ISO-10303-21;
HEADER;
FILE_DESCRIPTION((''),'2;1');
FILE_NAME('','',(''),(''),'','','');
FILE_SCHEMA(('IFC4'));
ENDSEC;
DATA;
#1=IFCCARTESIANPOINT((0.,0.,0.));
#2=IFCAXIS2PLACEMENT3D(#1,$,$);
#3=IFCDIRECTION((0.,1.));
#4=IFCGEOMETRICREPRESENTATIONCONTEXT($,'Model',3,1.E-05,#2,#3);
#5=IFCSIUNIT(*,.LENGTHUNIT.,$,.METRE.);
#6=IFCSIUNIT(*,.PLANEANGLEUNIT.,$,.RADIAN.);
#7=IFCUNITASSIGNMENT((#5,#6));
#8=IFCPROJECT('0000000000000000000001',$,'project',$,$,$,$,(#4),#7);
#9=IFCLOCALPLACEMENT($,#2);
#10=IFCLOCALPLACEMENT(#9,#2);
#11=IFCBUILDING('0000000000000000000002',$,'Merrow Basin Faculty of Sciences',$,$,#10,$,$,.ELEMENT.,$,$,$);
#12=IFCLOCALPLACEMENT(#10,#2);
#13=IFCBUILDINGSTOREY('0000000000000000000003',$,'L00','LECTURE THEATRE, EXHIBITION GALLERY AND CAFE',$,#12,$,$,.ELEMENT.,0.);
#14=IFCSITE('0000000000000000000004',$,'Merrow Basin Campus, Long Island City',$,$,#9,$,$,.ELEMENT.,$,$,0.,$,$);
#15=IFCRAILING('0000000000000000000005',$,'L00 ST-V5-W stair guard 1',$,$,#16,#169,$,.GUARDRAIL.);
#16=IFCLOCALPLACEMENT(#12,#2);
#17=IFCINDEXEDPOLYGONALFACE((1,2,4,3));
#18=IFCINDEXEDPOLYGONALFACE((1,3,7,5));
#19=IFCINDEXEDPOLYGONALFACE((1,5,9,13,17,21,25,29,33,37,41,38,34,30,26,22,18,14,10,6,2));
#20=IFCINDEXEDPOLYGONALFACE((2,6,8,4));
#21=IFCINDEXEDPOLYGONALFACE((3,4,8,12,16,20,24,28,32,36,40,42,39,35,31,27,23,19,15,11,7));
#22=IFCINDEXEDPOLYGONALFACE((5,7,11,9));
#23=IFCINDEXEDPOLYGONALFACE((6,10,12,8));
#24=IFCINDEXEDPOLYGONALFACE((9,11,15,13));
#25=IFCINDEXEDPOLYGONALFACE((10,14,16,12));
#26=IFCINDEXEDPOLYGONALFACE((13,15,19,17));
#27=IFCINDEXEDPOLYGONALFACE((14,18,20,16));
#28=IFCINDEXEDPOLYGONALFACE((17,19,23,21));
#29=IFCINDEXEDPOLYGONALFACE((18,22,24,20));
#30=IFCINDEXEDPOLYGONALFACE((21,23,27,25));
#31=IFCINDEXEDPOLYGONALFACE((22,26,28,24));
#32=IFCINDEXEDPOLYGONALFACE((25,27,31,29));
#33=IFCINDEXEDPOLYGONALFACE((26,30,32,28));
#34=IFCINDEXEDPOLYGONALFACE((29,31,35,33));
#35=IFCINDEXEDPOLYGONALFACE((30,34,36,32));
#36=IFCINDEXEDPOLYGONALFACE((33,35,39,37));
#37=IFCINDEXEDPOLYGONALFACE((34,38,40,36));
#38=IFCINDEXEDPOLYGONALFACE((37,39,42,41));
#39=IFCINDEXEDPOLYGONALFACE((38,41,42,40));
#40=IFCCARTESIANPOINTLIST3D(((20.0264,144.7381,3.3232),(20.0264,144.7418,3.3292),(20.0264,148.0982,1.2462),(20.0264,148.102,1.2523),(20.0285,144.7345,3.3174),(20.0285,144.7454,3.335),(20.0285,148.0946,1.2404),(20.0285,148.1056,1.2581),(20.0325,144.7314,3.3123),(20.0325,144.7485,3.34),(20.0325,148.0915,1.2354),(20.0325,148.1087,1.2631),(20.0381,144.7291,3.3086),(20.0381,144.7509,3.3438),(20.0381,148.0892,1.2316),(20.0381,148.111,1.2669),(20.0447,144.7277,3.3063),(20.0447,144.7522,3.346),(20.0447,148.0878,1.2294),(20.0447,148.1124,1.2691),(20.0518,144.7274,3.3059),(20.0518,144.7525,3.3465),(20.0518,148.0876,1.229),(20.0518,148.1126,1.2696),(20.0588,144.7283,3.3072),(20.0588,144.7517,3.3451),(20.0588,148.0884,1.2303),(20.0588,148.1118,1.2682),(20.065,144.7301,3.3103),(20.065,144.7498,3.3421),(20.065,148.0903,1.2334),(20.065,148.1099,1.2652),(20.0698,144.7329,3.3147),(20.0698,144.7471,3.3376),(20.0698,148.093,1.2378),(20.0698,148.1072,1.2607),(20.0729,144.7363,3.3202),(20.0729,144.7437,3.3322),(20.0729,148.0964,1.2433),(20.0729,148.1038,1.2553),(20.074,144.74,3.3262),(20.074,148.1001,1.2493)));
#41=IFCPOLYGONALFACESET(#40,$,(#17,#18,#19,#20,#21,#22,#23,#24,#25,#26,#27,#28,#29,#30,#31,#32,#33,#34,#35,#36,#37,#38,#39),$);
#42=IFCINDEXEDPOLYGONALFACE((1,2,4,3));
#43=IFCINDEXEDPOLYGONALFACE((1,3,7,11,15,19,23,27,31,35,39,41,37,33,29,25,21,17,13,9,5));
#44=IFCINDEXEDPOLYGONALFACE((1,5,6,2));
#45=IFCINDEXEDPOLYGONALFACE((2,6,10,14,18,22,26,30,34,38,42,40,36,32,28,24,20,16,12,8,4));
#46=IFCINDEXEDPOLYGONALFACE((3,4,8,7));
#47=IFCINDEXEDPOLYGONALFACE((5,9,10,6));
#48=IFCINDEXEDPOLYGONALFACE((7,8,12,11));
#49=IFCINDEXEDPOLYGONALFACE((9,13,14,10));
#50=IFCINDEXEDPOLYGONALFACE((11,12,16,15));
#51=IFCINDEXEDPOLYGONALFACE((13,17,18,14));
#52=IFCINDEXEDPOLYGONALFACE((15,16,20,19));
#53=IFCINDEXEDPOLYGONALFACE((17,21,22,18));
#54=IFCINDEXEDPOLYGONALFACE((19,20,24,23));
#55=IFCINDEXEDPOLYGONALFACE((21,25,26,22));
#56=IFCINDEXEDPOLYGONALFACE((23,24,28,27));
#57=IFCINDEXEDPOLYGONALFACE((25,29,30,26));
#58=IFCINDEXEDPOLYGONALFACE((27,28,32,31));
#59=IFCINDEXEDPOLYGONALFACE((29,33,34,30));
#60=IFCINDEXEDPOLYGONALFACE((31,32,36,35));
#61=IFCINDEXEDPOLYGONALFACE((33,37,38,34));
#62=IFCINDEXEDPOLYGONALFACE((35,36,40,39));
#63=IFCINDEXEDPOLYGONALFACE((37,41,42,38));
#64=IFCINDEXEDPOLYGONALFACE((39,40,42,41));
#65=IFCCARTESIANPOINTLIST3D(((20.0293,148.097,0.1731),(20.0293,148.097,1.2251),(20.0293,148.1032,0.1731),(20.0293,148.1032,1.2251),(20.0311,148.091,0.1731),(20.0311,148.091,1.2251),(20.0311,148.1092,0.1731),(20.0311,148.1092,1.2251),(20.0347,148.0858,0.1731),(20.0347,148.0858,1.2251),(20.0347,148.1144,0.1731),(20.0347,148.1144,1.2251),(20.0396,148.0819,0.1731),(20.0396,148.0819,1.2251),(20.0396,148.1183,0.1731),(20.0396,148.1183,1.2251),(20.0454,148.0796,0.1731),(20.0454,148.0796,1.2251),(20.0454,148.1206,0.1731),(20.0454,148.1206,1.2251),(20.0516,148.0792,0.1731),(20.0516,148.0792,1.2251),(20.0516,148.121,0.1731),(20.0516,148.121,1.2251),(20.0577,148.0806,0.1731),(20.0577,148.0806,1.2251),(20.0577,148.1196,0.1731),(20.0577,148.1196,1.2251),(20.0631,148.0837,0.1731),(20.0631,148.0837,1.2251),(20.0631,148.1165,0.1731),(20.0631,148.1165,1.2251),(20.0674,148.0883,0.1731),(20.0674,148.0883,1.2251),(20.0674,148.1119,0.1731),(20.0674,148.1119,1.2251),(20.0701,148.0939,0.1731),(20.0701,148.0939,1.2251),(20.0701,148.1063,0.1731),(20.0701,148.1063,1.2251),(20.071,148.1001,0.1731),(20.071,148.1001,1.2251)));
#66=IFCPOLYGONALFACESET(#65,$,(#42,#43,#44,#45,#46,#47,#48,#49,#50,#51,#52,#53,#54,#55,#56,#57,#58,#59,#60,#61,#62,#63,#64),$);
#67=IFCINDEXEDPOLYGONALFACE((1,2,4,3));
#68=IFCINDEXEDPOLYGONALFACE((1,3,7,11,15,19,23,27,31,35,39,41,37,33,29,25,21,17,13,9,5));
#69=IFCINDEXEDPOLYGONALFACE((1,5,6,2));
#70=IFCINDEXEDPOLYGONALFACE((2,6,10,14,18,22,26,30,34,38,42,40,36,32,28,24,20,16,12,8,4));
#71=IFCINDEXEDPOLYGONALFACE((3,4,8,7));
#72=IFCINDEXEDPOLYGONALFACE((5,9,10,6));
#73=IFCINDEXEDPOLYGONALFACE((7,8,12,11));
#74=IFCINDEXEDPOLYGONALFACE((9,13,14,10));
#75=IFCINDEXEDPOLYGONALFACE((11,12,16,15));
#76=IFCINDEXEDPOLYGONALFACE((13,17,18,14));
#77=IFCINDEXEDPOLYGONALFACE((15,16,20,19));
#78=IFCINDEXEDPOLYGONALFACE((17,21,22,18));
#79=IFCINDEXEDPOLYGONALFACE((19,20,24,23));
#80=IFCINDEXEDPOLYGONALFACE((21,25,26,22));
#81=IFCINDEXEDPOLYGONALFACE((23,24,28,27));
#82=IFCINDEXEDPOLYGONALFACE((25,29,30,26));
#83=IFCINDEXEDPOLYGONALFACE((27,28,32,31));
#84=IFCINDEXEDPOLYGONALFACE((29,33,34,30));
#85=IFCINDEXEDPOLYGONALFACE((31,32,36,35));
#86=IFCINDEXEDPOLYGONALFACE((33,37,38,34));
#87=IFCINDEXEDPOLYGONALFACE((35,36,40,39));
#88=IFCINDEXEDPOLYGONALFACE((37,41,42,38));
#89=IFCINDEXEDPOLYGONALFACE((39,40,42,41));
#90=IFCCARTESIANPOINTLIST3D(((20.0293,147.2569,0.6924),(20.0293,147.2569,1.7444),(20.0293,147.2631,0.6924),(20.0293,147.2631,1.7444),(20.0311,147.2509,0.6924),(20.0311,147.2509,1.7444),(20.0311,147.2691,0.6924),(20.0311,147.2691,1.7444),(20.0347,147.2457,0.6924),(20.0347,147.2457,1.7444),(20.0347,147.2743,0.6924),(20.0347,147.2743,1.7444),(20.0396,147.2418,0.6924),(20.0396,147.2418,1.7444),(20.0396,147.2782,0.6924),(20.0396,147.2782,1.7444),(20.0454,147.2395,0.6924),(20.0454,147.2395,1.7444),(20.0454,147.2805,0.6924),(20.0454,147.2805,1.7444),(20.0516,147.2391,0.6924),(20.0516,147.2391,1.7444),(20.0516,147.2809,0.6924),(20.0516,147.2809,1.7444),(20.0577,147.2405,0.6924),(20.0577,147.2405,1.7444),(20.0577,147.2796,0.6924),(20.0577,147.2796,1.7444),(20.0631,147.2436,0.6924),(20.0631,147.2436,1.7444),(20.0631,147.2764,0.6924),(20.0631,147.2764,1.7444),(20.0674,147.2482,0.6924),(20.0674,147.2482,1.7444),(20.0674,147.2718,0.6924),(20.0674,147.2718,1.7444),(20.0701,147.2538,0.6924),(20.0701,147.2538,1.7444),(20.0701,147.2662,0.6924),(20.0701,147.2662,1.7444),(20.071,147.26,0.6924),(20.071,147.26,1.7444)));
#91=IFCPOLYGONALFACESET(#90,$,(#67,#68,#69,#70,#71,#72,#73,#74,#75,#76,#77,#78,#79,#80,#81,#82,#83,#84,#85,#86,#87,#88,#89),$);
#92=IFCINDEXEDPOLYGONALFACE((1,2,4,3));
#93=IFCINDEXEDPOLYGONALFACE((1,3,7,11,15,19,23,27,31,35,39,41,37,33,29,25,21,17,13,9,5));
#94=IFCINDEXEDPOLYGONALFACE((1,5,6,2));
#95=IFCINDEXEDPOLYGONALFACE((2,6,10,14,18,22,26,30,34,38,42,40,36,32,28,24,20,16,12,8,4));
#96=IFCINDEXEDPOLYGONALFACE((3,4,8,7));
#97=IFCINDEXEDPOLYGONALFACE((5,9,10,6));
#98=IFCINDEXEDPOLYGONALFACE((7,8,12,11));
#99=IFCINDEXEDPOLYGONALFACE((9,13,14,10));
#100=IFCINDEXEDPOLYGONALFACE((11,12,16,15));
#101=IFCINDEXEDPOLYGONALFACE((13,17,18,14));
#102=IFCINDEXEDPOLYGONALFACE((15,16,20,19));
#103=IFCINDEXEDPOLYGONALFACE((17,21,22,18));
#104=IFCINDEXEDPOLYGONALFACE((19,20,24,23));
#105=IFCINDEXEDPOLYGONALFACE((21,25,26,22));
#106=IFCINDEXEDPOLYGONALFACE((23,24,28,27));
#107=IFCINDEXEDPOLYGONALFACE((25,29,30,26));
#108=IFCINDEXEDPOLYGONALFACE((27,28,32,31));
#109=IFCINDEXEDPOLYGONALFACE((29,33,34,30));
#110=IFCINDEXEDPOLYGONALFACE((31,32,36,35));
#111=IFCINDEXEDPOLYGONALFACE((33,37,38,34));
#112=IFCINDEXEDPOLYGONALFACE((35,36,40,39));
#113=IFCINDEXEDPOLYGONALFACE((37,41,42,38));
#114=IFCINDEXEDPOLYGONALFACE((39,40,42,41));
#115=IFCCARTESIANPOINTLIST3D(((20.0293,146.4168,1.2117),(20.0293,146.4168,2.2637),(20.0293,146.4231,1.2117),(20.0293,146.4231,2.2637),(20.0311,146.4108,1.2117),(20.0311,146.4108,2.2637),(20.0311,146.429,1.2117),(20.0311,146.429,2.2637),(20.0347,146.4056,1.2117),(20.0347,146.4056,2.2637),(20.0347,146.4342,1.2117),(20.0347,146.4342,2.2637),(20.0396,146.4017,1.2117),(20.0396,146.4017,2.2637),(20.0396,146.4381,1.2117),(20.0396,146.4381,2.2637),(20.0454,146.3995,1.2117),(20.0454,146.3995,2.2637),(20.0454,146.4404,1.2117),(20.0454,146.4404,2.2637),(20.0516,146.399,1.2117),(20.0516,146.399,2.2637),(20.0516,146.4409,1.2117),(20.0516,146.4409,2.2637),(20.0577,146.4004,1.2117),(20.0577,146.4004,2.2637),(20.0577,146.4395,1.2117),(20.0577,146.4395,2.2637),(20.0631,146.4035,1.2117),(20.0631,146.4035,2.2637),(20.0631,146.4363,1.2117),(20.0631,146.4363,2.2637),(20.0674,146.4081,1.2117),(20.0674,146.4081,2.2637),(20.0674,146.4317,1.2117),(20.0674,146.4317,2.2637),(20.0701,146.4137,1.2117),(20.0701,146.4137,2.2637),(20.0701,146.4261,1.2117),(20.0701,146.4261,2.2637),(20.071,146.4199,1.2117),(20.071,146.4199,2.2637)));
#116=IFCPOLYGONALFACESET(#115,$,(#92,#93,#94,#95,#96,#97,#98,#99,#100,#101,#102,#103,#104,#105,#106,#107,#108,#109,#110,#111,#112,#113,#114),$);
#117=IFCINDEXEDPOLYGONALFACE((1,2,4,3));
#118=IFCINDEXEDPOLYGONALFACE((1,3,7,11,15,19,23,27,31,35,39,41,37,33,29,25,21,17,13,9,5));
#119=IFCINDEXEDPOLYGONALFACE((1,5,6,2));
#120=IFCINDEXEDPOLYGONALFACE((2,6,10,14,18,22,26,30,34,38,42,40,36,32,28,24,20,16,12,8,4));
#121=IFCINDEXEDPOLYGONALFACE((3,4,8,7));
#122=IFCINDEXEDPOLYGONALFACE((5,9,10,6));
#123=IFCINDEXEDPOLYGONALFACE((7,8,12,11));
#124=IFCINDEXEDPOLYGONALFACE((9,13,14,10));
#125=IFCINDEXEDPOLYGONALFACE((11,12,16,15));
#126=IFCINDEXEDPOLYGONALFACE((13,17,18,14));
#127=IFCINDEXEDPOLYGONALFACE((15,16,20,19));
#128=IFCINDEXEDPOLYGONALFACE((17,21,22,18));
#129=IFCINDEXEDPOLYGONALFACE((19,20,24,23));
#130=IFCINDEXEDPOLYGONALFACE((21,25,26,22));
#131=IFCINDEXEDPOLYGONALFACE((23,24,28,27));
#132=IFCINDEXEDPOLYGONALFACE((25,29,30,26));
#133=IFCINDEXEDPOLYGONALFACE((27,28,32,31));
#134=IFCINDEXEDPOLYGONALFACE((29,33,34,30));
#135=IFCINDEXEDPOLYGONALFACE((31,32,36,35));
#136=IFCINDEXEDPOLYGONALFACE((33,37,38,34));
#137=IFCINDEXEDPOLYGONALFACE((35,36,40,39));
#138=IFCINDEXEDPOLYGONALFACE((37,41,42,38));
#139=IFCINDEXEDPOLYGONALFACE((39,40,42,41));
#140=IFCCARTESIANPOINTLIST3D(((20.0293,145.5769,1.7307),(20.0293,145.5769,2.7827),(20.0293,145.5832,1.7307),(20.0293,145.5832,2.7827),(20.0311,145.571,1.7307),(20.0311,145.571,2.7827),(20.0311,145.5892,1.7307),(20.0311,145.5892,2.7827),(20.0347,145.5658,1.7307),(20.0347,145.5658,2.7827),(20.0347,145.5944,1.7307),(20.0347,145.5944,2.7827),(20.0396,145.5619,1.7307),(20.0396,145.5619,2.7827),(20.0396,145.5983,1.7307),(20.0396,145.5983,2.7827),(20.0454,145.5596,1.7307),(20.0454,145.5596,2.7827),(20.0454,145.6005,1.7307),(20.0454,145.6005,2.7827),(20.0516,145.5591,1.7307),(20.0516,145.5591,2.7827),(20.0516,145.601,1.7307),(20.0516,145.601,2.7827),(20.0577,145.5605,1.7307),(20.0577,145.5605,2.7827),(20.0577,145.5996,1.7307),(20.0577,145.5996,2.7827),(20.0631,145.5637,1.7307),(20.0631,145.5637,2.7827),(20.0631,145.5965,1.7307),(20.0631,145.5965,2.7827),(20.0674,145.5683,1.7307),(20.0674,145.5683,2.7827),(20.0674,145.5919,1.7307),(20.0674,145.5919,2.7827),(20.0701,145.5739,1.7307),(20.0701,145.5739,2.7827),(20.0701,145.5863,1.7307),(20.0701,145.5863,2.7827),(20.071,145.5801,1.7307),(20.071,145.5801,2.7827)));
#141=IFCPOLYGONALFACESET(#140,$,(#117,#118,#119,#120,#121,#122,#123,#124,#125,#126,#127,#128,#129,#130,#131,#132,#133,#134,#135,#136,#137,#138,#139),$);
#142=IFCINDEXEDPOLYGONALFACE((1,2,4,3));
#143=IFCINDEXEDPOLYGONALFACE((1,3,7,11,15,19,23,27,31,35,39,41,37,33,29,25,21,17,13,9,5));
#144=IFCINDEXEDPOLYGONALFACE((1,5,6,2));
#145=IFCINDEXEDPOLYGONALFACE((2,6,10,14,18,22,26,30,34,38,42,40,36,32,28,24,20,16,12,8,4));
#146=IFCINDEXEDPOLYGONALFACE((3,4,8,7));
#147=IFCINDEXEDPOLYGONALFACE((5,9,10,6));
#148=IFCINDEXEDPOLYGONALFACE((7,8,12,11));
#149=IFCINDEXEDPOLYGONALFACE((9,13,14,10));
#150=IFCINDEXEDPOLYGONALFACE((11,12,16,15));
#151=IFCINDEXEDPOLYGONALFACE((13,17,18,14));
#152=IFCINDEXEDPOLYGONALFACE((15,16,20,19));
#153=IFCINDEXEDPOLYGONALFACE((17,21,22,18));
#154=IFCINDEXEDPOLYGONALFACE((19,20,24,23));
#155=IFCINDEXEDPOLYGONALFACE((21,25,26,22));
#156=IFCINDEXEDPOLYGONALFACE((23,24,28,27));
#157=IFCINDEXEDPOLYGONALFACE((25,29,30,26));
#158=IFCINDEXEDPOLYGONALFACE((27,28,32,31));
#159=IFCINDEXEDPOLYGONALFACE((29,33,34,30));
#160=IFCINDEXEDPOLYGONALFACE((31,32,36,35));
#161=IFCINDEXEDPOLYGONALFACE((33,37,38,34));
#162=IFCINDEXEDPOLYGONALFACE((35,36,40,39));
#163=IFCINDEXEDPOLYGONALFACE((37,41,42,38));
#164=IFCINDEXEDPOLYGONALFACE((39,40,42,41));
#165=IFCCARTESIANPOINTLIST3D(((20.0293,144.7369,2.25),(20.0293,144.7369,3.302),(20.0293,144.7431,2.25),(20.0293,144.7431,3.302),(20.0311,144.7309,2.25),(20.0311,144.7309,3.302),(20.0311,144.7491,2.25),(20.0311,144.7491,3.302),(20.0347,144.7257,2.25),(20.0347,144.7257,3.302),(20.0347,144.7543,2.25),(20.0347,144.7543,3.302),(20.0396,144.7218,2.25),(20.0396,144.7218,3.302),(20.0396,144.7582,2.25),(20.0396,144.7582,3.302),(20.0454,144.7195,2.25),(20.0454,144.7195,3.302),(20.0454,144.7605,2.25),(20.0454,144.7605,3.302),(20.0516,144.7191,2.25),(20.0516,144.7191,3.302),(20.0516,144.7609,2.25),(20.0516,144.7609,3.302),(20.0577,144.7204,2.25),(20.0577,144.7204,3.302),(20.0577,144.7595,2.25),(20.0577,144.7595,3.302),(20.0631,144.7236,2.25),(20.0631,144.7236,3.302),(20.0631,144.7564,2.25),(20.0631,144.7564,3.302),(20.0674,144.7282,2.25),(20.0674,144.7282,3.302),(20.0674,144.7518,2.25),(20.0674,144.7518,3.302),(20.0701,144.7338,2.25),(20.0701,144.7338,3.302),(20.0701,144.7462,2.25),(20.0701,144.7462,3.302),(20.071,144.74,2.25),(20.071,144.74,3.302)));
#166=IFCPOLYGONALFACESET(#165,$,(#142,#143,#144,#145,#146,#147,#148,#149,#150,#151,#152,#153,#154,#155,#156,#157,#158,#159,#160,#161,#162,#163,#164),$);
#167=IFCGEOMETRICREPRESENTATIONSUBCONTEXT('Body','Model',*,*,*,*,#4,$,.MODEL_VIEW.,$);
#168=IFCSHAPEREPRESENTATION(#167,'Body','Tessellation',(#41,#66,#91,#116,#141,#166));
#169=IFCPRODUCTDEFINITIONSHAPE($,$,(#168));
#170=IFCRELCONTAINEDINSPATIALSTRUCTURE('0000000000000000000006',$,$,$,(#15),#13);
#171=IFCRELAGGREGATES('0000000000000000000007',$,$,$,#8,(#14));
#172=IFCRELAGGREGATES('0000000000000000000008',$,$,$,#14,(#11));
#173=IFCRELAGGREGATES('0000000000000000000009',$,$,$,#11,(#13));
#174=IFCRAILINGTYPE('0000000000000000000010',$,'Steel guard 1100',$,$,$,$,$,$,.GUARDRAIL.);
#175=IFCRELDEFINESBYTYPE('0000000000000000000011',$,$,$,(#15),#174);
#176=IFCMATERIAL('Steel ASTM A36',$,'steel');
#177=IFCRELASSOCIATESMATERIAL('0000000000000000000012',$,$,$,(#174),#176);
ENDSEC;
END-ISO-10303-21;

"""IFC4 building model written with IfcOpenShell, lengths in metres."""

from ifc_helpers import new_model, si_unit, direction, frame, origin, origin_2d, place, context, subcontext, project, spatial, circle, extrude, material, type_object, element, save


model = new_model("IFC4")

# Units and contexts
model_context = context("Model", 3, precision=1e-05, world=origin(), true_north=direction((0.0, 1.0)))
body_context = subcontext(model_context, "Body", "Model", "MODEL_VIEW")
ifc_project = project(units=[si_unit("LENGTHUNIT", "METRE"), si_unit("PLANEANGLEUNIT", "RADIAN")], contexts=[model_context])

# Site, building, storey
site_placement = place(None, origin())
site = spatial("IfcSite", under=ifc_project, at=site_placement, Name="Merrow Basin Campus, Long Island City", CompositionType="ELEMENT", RefElevation=0.0)
building_placement = place(site_placement, origin())
building = spatial("IfcBuilding", under=site, at=building_placement, Name="Merrow Basin Faculty of Sciences", CompositionType="ELEMENT")
storey_placement = place(building_placement, origin())
storey = spatial("IfcBuildingStorey", under=building, at=storey_placement, Name="L00", Description="LECTURE THEATRE, EXHIBITION GALLERY AND CAFE", CompositionType="ELEMENT", Elevation=0.0)

# Railing
ifc_material_1 = material(Name="Steel ASTM A36", Category="steel")
railing_type_1 = type_object("IfcRailingType", Name="Steel guard 1100", PredefinedType="GUARDRAIL", material=ifc_material_1)
railing_1_placement = place(storey_placement, frame((20.05, 148.1001, 0.1731)))
element("IfcRailing", 1, at=railing_1_placement, inside=storey, type_object=railing_type_1, Name="L00 ST-V5-W stair guard 1", PredefinedType="GUARDRAIL", context=body_context, shape_type="SweptSolid", body=[
    extrude(circle(Radius=0.0239, at=origin_2d()), frame((0.0, 0.0, 1.0762), z_axis=(0.0, -0.850623, 0.525776), x_axis=(1.0, 0.0, 0.0)), (0.0, 0.0, 1.0), 3.9502),
    extrude(circle(Radius=0.021, at=origin_2d()), origin(), (0.0, 0.0, 1.0), 1.052),
    extrude(circle(Radius=0.021, at=origin_2d()), frame((0.0, -0.8401, 0.5193)), (0.0, 0.0, 1.0), 1.052),
    extrude(circle(Radius=0.021, at=origin_2d()), frame((0.0, -1.6802, 1.0386)), (0.0, 0.0, 1.0), 1.052),
    extrude(circle(Radius=0.021, at=origin_2d()), frame((0.0, -2.52, 1.5576)), (0.0, 0.0, 1.0), 1.052),
    extrude(circle(Radius=0.021, at=origin_2d()), frame((0.0, -3.3601, 2.0769)), (0.0, 0.0, 1.0), 1.052),
])

save(model, "model.ifc")
